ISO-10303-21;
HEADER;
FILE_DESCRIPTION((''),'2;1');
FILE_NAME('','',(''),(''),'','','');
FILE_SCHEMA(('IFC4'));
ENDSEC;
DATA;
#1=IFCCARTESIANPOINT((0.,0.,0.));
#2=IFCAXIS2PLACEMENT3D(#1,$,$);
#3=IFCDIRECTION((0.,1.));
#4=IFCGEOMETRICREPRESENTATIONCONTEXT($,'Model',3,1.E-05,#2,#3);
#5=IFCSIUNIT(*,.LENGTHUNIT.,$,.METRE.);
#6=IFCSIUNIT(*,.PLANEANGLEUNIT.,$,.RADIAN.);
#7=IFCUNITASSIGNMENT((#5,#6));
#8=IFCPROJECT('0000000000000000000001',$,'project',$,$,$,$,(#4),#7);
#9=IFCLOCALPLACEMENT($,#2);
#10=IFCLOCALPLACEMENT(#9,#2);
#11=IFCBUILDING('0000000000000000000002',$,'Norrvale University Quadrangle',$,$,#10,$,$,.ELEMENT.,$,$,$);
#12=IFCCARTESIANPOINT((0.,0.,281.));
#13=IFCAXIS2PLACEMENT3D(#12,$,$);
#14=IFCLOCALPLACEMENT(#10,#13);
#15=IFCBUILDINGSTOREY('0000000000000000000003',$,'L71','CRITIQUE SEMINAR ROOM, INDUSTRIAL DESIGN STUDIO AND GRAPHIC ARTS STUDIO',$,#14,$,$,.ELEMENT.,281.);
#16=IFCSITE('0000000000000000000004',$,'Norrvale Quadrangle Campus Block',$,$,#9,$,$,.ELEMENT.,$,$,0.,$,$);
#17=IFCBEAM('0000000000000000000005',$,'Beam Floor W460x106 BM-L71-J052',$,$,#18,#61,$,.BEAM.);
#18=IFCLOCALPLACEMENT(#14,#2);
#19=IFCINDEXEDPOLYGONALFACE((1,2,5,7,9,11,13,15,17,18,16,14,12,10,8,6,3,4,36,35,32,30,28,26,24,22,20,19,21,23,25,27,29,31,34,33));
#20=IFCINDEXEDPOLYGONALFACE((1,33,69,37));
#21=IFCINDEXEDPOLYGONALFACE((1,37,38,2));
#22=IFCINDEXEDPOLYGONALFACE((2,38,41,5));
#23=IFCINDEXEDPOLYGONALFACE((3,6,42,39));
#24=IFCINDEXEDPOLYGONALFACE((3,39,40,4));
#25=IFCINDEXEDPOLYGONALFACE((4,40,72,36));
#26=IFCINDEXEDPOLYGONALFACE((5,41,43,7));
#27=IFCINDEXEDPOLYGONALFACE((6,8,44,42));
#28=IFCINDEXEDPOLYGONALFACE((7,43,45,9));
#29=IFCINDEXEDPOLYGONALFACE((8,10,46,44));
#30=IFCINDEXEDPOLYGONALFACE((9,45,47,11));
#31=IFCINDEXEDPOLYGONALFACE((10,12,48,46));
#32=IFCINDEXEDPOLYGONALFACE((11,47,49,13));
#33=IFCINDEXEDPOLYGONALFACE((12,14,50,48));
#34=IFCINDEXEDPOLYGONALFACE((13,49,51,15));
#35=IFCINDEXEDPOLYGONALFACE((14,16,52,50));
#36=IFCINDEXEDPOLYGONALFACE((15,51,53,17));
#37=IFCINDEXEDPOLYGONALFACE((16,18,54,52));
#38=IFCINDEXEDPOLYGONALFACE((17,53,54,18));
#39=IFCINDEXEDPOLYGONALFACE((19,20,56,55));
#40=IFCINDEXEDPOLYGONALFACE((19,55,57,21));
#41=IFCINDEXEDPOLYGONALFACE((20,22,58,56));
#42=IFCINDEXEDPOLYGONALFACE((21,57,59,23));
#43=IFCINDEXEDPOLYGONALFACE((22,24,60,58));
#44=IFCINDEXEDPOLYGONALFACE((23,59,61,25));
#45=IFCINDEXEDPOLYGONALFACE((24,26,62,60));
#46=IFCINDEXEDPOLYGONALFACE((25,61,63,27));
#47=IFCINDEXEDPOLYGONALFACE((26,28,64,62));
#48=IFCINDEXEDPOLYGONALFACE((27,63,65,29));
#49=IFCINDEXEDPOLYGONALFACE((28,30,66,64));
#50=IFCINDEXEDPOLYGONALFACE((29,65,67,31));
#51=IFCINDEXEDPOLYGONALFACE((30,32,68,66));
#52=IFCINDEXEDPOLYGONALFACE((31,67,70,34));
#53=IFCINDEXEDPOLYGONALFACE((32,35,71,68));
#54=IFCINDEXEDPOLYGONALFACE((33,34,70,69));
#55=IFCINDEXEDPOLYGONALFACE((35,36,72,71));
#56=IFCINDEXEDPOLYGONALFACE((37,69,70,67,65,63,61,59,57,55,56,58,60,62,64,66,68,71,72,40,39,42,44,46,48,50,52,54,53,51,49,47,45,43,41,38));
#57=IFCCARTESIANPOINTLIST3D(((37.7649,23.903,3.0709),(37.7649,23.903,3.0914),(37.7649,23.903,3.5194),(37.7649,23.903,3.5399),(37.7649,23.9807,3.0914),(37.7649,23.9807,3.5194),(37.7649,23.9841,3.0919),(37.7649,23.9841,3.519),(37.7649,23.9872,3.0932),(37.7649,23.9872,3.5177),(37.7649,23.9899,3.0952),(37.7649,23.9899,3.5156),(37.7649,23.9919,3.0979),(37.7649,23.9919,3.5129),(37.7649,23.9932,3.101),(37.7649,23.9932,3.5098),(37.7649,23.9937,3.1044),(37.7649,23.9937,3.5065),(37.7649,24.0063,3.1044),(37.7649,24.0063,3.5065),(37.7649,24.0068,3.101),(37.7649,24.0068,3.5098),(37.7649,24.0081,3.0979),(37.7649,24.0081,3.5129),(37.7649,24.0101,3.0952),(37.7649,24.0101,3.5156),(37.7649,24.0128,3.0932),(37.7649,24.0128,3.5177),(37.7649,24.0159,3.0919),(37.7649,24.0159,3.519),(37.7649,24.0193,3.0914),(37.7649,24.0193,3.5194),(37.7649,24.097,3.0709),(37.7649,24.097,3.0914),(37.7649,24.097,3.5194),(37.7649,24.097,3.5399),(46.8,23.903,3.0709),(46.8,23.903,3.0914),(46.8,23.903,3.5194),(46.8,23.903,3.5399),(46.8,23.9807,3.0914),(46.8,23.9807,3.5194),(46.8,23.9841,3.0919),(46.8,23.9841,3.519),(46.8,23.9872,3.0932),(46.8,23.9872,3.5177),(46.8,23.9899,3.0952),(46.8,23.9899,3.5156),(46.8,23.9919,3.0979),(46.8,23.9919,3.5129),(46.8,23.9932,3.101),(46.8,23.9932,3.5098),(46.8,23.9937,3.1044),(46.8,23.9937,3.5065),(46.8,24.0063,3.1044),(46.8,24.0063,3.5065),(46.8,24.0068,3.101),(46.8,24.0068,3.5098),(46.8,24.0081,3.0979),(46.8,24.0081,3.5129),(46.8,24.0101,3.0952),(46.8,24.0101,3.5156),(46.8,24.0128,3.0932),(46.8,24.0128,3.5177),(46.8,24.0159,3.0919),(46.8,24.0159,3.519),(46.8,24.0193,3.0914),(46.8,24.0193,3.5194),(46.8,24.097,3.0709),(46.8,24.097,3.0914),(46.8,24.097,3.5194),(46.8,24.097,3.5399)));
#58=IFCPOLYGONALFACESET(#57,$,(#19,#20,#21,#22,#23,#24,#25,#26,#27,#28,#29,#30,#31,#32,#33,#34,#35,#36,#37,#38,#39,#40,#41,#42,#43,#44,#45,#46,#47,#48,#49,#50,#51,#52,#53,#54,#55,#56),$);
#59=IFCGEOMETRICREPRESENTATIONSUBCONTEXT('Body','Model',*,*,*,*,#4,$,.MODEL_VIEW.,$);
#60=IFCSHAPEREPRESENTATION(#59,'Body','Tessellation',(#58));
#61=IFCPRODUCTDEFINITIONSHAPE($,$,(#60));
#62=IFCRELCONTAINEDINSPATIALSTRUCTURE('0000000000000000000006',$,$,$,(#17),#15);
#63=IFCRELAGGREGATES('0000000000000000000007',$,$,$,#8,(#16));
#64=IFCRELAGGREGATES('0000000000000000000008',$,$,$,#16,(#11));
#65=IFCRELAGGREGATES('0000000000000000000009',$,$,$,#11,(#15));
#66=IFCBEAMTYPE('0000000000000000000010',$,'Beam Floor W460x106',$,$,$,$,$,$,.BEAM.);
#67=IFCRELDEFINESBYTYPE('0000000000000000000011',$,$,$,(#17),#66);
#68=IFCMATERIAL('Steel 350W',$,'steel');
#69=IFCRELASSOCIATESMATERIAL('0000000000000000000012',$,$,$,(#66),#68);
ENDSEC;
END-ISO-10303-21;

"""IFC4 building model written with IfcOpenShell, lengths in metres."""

from ifc_helpers import new_model, si_unit, direction, frame, origin, origin_2d, place, context, subcontext, project, spatial, i_section, extrude, material, material_profile, profile_set, type_object, element, save


model = new_model("IFC4")

# Units and contexts
model_context = context("Model", 3, precision=1e-05, world=origin(), true_north=direction((0.0, 1.0)))
body_context = subcontext(model_context, "Body", "Model", "MODEL_VIEW")
ifc_project = project(units=[si_unit("LENGTHUNIT", "METRE"), si_unit("PLANEANGLEUNIT", "RADIAN")], contexts=[model_context])

# Site, building, storey
site_placement = place(None, origin())
site = spatial("IfcSite", under=ifc_project, at=site_placement, Name="Norrvale Quadrangle Campus Block", CompositionType="ELEMENT", RefElevation=0.0)
building_placement = place(site_placement, origin())
building = spatial("IfcBuilding", under=site, at=building_placement, Name="Norrvale University Quadrangle", CompositionType="ELEMENT")
storey_placement = place(building_placement, frame((0.0, 0.0, 281.0)))
storey = spatial("IfcBuildingStorey", under=building, at=storey_placement, Name="L71", Description="CRITIQUE SEMINAR ROOM, INDUSTRIAL DESIGN STUDIO AND GRAPHIC ARTS STUDIO", CompositionType="ELEMENT", Elevation=281.0)

# Beam
ifc_material_1 = material(Name="Steel 350W", Category="steel")
ifc_material_profile_1 = material_profile(ifc_material_1, i_section(OverallWidth=0.1941, OverallDepth=0.469, WebThickness=0.0127, FlangeThickness=0.0205, FilletRadius=0.0129, at=origin_2d()), Name="Steel 350W")
ifc_profile_set_1 = profile_set([ifc_material_profile_1], Name="Steel 350W")
beam_type = type_object("IfcBeamType", Name="Beam Floor W460x106", PredefinedType="BEAM", material=ifc_profile_set_1)
beam_placement = place(storey_placement, frame((37.7649, 24.0, 3.3054), z_axis=(1.0, 0.0, 0.0), x_axis=(0.0, 1.0, 0.0)))
element("IfcBeam", 1, at=beam_placement, inside=storey, type_object=beam_type, Name="Beam Floor W460x106 BM-L71-J052", PredefinedType="BEAM", context=body_context, shape_type="SweptSolid", body=[
    extrude(i_section(OverallWidth=0.1941, OverallDepth=0.469, WebThickness=0.0127, FlangeThickness=0.0205, FilletRadius=0.0129, at=origin_2d()), origin(), (0.0, 0.0, 1.0), 9.0352),
])

save(model, "model.ifc")
